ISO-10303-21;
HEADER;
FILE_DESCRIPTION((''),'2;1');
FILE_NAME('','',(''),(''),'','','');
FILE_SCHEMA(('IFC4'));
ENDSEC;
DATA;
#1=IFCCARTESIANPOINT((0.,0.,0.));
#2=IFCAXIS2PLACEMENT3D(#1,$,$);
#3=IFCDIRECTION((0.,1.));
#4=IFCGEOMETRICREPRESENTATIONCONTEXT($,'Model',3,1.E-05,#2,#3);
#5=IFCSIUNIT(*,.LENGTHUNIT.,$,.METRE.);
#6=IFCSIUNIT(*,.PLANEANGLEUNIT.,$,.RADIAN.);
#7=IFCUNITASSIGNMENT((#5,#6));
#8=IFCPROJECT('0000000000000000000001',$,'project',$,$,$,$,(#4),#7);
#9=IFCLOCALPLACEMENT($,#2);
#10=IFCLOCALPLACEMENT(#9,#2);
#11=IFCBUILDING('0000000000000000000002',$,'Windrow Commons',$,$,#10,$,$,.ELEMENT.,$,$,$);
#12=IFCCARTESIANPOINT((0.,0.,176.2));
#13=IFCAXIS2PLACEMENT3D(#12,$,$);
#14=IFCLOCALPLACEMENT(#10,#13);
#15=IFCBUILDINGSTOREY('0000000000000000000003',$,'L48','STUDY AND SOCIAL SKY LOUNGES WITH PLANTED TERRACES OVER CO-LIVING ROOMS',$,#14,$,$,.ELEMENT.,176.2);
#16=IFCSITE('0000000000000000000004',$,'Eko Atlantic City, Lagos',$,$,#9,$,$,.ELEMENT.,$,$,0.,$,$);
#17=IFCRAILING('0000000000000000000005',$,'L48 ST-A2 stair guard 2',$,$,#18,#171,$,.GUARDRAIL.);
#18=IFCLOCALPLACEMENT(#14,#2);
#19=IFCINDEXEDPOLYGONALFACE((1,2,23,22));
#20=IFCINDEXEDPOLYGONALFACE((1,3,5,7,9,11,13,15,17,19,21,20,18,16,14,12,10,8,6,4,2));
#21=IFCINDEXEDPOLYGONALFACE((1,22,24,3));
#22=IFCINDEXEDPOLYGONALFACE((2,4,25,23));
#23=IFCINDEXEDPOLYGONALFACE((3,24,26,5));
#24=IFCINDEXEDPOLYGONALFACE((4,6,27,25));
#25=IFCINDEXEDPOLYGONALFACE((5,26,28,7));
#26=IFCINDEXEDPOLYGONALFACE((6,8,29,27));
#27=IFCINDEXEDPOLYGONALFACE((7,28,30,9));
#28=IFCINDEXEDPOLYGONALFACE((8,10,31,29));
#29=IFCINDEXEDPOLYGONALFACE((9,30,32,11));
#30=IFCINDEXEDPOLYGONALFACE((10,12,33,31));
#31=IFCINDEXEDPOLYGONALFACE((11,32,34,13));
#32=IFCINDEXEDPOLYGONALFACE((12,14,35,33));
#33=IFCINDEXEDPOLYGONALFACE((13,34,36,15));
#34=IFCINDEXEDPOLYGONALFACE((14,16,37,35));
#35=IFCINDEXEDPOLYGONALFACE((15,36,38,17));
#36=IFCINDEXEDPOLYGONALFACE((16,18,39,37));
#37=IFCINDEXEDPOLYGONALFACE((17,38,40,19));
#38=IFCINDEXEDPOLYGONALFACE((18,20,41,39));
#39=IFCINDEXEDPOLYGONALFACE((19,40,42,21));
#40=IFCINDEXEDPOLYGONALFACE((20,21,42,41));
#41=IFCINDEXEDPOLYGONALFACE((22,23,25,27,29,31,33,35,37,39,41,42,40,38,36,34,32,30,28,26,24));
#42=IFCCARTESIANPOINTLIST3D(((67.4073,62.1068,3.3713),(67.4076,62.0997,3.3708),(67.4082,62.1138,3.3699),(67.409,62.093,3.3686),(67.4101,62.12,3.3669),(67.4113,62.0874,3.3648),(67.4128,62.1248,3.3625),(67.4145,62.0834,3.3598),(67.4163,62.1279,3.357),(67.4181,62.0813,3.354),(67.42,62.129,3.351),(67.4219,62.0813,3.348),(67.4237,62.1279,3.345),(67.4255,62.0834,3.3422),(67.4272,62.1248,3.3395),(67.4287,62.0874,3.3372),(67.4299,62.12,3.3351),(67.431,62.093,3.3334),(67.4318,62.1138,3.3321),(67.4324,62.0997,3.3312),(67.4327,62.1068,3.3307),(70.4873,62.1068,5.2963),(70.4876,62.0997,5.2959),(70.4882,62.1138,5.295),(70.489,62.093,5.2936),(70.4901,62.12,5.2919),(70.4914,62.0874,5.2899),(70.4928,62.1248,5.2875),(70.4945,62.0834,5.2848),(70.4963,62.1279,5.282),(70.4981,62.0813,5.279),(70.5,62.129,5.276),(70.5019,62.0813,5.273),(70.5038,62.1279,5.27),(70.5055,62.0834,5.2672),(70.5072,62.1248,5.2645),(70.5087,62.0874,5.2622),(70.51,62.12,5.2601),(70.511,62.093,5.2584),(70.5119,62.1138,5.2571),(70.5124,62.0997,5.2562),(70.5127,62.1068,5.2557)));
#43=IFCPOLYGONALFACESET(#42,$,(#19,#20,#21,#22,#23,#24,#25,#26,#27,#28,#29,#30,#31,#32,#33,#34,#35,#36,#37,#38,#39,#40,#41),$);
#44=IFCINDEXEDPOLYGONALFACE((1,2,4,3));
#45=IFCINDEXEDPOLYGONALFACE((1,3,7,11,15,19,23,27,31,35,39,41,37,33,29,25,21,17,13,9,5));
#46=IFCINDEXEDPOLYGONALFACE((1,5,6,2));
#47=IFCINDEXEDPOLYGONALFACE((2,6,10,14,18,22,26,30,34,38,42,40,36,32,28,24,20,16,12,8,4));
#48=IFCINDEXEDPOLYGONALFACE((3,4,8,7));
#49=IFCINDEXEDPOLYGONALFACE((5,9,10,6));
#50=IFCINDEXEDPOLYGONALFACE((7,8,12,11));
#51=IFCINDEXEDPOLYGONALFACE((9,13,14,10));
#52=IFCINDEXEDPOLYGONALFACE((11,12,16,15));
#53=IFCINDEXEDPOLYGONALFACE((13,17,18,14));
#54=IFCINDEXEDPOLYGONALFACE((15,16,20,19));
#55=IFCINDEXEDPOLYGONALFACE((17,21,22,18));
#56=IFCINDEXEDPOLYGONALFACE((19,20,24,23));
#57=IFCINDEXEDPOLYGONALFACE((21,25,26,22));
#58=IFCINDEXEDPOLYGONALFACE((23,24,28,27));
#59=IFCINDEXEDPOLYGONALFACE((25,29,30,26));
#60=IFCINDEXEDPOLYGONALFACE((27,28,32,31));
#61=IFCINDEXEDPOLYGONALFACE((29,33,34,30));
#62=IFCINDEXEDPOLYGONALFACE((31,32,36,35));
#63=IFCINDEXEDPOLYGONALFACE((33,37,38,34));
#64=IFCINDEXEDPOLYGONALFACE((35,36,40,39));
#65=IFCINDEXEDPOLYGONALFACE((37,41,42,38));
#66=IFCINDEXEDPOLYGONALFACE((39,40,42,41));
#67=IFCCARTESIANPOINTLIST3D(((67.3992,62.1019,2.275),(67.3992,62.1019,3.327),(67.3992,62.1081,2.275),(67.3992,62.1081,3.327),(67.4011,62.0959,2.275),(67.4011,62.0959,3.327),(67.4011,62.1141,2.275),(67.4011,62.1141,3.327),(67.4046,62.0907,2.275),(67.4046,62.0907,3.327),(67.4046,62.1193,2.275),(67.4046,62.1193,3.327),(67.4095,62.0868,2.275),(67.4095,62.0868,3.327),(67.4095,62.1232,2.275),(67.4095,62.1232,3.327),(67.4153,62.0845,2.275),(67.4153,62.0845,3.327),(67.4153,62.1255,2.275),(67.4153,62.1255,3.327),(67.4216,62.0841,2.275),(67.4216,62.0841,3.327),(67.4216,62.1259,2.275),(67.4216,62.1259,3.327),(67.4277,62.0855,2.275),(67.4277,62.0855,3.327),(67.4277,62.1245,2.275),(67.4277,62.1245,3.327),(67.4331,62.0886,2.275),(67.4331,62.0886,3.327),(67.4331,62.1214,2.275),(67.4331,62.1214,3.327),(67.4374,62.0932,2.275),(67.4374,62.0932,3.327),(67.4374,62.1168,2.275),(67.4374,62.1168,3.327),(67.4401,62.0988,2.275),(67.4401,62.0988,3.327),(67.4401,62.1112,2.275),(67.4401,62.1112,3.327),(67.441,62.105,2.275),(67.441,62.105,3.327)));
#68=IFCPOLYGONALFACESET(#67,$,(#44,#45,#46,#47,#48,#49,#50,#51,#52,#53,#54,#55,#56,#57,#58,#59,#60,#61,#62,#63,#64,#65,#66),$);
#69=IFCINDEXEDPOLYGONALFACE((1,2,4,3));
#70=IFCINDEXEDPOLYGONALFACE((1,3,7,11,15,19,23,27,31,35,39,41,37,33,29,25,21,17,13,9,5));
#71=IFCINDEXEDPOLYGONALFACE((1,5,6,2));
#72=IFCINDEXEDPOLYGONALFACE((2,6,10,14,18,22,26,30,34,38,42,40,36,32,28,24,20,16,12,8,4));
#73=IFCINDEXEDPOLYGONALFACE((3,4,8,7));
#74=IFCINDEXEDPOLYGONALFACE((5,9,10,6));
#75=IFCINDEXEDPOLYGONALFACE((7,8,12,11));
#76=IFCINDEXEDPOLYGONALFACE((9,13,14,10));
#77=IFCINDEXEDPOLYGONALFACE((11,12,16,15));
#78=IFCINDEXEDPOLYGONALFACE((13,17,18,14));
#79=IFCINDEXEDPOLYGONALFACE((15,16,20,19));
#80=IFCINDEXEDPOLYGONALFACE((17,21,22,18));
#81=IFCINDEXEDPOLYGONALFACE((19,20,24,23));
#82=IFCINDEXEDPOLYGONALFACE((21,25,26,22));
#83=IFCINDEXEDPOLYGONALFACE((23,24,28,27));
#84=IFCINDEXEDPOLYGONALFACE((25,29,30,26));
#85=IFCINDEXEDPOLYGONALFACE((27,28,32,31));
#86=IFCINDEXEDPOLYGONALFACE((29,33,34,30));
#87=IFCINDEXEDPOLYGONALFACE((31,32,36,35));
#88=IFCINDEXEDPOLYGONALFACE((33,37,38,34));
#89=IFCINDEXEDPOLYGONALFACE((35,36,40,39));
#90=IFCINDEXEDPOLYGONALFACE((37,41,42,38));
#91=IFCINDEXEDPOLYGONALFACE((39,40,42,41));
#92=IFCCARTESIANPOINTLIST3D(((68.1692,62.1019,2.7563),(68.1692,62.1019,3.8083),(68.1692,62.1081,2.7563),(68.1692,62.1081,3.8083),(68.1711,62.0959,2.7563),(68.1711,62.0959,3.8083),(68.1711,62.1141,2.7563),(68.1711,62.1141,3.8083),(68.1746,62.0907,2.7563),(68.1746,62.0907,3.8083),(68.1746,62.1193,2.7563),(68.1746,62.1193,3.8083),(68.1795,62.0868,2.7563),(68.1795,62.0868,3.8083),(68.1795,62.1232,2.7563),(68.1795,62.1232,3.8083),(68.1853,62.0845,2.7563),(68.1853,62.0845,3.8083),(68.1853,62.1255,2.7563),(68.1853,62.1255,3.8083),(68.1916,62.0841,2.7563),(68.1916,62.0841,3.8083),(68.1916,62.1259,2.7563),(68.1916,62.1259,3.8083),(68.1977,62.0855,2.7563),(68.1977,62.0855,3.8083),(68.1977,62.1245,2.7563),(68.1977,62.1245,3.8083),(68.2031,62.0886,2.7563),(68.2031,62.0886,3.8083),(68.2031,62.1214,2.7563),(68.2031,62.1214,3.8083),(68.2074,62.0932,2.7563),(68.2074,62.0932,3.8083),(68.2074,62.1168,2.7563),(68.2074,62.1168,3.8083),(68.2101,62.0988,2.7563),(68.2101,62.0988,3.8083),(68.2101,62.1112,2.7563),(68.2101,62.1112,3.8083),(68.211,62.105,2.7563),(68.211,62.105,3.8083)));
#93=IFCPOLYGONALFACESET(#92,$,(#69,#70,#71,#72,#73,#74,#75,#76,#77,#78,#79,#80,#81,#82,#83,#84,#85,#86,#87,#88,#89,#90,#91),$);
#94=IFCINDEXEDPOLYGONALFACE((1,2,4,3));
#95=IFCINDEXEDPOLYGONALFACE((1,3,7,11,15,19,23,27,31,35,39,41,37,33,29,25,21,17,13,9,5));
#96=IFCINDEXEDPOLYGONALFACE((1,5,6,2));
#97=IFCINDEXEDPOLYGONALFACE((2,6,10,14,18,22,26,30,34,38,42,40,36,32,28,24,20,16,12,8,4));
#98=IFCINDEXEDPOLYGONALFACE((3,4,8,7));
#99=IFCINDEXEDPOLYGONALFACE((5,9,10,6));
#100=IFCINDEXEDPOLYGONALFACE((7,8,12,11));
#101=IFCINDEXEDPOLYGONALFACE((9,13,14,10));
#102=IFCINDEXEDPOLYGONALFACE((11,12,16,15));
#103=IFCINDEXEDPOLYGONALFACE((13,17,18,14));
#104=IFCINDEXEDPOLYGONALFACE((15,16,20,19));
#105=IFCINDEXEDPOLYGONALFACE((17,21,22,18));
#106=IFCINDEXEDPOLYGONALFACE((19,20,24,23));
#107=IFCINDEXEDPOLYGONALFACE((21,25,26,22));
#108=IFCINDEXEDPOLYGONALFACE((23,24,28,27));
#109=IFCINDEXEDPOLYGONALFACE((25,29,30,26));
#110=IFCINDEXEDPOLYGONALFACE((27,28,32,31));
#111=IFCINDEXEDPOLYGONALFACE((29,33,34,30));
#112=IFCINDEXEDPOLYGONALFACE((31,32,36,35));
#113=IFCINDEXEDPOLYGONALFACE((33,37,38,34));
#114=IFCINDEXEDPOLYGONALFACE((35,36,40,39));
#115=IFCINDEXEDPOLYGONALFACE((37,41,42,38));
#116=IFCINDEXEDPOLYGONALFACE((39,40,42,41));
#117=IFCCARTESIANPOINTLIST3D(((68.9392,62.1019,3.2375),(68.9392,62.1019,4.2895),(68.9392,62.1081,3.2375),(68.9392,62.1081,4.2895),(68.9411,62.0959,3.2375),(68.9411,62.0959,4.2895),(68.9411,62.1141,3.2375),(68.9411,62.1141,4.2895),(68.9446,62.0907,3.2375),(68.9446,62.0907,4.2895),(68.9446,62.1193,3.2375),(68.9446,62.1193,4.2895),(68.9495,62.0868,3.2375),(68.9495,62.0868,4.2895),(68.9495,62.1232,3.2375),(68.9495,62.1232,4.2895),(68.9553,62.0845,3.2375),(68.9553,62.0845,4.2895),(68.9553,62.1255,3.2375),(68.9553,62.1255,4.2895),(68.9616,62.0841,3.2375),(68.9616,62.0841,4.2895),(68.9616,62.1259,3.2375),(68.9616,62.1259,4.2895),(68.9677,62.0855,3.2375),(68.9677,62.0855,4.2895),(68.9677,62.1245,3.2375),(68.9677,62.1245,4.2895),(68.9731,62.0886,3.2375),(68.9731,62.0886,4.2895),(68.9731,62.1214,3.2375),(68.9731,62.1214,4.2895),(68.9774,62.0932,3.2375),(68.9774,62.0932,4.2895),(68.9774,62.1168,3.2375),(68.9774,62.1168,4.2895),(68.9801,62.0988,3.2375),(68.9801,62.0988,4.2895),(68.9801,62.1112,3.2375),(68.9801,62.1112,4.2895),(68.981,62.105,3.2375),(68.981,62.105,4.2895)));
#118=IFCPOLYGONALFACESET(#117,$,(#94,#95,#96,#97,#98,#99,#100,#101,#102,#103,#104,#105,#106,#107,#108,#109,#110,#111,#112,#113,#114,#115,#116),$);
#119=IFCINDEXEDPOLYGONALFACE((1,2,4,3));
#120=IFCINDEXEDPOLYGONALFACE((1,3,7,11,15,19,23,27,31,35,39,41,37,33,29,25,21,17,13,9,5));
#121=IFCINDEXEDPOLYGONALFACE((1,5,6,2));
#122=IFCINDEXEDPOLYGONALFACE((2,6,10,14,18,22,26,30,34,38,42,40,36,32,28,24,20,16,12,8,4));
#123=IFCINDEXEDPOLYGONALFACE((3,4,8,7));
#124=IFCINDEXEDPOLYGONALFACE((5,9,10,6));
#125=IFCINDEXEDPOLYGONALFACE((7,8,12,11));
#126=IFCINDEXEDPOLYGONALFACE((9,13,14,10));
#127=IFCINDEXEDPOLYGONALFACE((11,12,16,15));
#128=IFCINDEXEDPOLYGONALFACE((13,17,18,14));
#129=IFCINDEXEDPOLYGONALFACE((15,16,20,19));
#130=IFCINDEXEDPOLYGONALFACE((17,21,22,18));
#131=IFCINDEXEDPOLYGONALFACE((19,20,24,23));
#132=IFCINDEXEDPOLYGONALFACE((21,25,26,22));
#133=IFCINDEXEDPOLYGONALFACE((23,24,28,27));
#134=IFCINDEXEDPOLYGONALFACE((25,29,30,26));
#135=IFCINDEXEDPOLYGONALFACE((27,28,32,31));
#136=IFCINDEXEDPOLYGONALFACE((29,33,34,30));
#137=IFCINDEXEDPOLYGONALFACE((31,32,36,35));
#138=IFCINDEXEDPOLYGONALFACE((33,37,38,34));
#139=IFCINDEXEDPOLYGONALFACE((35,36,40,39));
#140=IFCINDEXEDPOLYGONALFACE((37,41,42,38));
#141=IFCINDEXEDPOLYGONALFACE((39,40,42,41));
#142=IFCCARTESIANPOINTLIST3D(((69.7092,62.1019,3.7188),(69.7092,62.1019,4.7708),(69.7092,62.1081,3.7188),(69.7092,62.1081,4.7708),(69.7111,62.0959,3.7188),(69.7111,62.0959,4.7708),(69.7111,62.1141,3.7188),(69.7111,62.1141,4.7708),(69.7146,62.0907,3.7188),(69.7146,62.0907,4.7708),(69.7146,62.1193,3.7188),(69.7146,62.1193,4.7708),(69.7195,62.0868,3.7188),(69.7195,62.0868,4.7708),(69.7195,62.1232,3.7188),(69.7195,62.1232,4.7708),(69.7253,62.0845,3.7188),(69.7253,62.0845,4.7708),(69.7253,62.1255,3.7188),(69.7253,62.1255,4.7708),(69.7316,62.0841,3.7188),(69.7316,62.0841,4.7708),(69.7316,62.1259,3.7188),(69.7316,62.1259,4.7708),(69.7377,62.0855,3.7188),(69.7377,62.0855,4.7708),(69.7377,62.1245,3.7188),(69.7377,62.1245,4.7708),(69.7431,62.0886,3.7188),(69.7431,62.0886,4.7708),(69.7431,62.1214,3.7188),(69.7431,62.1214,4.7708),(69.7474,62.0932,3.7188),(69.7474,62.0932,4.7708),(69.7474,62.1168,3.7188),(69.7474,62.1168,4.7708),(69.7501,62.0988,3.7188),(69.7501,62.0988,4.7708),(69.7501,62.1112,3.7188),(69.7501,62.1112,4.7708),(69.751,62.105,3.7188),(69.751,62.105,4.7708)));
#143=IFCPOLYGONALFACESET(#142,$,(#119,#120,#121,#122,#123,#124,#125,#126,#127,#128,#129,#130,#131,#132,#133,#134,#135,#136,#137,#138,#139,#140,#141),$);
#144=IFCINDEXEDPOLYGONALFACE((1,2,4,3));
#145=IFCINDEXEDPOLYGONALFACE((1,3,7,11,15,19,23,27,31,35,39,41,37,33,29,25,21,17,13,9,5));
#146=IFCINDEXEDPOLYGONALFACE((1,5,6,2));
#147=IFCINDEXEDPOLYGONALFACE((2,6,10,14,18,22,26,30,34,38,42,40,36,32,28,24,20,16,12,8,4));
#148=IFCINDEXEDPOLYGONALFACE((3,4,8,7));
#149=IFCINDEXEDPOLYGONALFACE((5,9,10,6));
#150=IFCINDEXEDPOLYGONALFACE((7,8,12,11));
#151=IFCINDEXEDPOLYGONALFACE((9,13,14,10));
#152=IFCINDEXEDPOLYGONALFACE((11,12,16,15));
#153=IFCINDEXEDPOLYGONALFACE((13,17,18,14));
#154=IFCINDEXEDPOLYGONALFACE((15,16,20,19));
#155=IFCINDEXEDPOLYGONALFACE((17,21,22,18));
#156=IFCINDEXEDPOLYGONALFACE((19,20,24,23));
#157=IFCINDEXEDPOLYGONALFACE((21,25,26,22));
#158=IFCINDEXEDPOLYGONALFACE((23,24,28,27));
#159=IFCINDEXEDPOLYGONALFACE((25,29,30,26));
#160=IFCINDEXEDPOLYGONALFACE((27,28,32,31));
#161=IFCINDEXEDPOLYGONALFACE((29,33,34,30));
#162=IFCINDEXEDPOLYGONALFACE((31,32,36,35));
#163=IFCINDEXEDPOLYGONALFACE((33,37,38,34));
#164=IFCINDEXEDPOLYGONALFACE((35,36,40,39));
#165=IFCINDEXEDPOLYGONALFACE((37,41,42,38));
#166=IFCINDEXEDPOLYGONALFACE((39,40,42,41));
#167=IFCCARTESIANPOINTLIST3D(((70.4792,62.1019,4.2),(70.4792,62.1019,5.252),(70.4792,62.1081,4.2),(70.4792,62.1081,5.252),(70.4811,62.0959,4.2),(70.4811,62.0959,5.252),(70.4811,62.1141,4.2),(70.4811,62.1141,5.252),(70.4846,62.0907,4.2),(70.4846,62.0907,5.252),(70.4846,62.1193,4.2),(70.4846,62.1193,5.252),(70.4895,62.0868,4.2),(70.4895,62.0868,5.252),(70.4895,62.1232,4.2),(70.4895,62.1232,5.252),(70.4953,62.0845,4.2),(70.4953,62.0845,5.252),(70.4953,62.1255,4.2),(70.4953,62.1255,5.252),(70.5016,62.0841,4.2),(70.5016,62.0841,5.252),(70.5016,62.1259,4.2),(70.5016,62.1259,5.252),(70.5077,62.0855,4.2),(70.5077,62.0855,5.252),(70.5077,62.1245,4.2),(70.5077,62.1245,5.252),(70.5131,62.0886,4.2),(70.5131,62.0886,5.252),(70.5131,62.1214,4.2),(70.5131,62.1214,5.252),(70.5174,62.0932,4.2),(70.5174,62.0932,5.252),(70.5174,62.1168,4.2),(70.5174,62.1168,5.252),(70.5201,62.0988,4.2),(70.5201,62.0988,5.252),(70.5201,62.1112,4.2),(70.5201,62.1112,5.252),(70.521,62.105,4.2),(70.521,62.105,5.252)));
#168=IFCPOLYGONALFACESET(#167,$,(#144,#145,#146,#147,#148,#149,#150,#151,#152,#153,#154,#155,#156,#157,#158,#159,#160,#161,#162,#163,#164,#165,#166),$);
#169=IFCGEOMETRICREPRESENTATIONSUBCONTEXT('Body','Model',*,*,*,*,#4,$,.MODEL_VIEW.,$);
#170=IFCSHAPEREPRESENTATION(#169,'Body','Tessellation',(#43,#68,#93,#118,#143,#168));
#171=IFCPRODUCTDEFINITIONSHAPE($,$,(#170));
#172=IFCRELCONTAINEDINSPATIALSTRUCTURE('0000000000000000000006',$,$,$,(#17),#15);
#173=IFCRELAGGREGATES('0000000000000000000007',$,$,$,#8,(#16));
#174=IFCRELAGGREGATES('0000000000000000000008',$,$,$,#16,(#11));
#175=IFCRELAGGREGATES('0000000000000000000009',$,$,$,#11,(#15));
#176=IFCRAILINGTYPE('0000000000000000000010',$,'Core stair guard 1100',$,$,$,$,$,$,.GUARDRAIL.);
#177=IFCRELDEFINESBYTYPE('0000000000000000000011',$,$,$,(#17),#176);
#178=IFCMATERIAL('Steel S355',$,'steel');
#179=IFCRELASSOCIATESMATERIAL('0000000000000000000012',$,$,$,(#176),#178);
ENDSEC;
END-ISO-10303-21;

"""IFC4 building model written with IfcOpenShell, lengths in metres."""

from ifc_helpers import new_model, si_unit, direction, frame, origin, origin_2d, place, context, subcontext, project, spatial, circle, extrude, material, type_object, element, save


model = new_model("IFC4")

# Units and contexts
model_context = context("Model", 3, precision=1e-05, world=origin(), true_north=direction((0.0, 1.0)))
body_context = subcontext(model_context, "Body", "Model", "MODEL_VIEW")
ifc_project = project(units=[si_unit("LENGTHUNIT", "METRE"), si_unit("PLANEANGLEUNIT", "RADIAN")], contexts=[model_context])

# Site, building, storey
site_placement = place(None, origin())
site = spatial("IfcSite", under=ifc_project, at=site_placement, Name="Eko Atlantic City, Lagos", CompositionType="ELEMENT", RefElevation=0.0)
building_placement = place(site_placement, origin())
building = spatial("IfcBuilding", under=site, at=building_placement, Name="Windrow Commons", CompositionType="ELEMENT")
storey_placement = place(building_placement, frame((0.0, 0.0, 176.2)))
storey = spatial("IfcBuildingStorey", under=building, at=storey_placement, Name="L48", Description="STUDY AND SOCIAL SKY LOUNGES WITH PLANTED TERRACES OVER CO-LIVING ROOMS", CompositionType="ELEMENT", Elevation=176.2)

# Railing
ifc_material_1 = material(Name="Steel S355", Category="steel")
railing_type_1 = type_object("IfcRailingType", Name="Core stair guard 1100", PredefinedType="GUARDRAIL", material=ifc_material_1)
railing_1_placement = place(storey_placement, frame((67.42, 62.105, 2.275)))
element("IfcRailing", 1, at=railing_1_placement, inside=storey, type_object=railing_type_1, Name="L48 ST-A2 stair guard 2", PredefinedType="GUARDRAIL", context=body_context, shape_type="SweptSolid", body=[
    extrude(circle(Radius=0.024, at=origin_2d()), frame((0.0, 0.0, 1.076), z_axis=(0.847998, 0.0, 0.529999), x_axis=(0.0, 1.0, 0.0)), (0.0, 0.0, 1.0), 3.6321),
    extrude(circle(Radius=0.021, at=origin_2d()), origin(), (0.0, 0.0, 1.0), 1.052),
    extrude(circle(Radius=0.021, at=origin_2d()), frame((0.77, 0.0, 0.4813)), (0.0, 0.0, 1.0), 1.052),
    extrude(circle(Radius=0.021, at=origin_2d()), frame((1.54, 0.0, 0.9625)), (0.0, 0.0, 1.0), 1.052),
    extrude(circle(Radius=0.021, at=origin_2d()), frame((2.31, 0.0, 1.4438)), (0.0, 0.0, 1.0), 1.052),
    extrude(circle(Radius=0.021, at=origin_2d()), frame((3.08, 0.0, 1.925)), (0.0, 0.0, 1.0), 1.052),
])

save(model, "model.ifc")
